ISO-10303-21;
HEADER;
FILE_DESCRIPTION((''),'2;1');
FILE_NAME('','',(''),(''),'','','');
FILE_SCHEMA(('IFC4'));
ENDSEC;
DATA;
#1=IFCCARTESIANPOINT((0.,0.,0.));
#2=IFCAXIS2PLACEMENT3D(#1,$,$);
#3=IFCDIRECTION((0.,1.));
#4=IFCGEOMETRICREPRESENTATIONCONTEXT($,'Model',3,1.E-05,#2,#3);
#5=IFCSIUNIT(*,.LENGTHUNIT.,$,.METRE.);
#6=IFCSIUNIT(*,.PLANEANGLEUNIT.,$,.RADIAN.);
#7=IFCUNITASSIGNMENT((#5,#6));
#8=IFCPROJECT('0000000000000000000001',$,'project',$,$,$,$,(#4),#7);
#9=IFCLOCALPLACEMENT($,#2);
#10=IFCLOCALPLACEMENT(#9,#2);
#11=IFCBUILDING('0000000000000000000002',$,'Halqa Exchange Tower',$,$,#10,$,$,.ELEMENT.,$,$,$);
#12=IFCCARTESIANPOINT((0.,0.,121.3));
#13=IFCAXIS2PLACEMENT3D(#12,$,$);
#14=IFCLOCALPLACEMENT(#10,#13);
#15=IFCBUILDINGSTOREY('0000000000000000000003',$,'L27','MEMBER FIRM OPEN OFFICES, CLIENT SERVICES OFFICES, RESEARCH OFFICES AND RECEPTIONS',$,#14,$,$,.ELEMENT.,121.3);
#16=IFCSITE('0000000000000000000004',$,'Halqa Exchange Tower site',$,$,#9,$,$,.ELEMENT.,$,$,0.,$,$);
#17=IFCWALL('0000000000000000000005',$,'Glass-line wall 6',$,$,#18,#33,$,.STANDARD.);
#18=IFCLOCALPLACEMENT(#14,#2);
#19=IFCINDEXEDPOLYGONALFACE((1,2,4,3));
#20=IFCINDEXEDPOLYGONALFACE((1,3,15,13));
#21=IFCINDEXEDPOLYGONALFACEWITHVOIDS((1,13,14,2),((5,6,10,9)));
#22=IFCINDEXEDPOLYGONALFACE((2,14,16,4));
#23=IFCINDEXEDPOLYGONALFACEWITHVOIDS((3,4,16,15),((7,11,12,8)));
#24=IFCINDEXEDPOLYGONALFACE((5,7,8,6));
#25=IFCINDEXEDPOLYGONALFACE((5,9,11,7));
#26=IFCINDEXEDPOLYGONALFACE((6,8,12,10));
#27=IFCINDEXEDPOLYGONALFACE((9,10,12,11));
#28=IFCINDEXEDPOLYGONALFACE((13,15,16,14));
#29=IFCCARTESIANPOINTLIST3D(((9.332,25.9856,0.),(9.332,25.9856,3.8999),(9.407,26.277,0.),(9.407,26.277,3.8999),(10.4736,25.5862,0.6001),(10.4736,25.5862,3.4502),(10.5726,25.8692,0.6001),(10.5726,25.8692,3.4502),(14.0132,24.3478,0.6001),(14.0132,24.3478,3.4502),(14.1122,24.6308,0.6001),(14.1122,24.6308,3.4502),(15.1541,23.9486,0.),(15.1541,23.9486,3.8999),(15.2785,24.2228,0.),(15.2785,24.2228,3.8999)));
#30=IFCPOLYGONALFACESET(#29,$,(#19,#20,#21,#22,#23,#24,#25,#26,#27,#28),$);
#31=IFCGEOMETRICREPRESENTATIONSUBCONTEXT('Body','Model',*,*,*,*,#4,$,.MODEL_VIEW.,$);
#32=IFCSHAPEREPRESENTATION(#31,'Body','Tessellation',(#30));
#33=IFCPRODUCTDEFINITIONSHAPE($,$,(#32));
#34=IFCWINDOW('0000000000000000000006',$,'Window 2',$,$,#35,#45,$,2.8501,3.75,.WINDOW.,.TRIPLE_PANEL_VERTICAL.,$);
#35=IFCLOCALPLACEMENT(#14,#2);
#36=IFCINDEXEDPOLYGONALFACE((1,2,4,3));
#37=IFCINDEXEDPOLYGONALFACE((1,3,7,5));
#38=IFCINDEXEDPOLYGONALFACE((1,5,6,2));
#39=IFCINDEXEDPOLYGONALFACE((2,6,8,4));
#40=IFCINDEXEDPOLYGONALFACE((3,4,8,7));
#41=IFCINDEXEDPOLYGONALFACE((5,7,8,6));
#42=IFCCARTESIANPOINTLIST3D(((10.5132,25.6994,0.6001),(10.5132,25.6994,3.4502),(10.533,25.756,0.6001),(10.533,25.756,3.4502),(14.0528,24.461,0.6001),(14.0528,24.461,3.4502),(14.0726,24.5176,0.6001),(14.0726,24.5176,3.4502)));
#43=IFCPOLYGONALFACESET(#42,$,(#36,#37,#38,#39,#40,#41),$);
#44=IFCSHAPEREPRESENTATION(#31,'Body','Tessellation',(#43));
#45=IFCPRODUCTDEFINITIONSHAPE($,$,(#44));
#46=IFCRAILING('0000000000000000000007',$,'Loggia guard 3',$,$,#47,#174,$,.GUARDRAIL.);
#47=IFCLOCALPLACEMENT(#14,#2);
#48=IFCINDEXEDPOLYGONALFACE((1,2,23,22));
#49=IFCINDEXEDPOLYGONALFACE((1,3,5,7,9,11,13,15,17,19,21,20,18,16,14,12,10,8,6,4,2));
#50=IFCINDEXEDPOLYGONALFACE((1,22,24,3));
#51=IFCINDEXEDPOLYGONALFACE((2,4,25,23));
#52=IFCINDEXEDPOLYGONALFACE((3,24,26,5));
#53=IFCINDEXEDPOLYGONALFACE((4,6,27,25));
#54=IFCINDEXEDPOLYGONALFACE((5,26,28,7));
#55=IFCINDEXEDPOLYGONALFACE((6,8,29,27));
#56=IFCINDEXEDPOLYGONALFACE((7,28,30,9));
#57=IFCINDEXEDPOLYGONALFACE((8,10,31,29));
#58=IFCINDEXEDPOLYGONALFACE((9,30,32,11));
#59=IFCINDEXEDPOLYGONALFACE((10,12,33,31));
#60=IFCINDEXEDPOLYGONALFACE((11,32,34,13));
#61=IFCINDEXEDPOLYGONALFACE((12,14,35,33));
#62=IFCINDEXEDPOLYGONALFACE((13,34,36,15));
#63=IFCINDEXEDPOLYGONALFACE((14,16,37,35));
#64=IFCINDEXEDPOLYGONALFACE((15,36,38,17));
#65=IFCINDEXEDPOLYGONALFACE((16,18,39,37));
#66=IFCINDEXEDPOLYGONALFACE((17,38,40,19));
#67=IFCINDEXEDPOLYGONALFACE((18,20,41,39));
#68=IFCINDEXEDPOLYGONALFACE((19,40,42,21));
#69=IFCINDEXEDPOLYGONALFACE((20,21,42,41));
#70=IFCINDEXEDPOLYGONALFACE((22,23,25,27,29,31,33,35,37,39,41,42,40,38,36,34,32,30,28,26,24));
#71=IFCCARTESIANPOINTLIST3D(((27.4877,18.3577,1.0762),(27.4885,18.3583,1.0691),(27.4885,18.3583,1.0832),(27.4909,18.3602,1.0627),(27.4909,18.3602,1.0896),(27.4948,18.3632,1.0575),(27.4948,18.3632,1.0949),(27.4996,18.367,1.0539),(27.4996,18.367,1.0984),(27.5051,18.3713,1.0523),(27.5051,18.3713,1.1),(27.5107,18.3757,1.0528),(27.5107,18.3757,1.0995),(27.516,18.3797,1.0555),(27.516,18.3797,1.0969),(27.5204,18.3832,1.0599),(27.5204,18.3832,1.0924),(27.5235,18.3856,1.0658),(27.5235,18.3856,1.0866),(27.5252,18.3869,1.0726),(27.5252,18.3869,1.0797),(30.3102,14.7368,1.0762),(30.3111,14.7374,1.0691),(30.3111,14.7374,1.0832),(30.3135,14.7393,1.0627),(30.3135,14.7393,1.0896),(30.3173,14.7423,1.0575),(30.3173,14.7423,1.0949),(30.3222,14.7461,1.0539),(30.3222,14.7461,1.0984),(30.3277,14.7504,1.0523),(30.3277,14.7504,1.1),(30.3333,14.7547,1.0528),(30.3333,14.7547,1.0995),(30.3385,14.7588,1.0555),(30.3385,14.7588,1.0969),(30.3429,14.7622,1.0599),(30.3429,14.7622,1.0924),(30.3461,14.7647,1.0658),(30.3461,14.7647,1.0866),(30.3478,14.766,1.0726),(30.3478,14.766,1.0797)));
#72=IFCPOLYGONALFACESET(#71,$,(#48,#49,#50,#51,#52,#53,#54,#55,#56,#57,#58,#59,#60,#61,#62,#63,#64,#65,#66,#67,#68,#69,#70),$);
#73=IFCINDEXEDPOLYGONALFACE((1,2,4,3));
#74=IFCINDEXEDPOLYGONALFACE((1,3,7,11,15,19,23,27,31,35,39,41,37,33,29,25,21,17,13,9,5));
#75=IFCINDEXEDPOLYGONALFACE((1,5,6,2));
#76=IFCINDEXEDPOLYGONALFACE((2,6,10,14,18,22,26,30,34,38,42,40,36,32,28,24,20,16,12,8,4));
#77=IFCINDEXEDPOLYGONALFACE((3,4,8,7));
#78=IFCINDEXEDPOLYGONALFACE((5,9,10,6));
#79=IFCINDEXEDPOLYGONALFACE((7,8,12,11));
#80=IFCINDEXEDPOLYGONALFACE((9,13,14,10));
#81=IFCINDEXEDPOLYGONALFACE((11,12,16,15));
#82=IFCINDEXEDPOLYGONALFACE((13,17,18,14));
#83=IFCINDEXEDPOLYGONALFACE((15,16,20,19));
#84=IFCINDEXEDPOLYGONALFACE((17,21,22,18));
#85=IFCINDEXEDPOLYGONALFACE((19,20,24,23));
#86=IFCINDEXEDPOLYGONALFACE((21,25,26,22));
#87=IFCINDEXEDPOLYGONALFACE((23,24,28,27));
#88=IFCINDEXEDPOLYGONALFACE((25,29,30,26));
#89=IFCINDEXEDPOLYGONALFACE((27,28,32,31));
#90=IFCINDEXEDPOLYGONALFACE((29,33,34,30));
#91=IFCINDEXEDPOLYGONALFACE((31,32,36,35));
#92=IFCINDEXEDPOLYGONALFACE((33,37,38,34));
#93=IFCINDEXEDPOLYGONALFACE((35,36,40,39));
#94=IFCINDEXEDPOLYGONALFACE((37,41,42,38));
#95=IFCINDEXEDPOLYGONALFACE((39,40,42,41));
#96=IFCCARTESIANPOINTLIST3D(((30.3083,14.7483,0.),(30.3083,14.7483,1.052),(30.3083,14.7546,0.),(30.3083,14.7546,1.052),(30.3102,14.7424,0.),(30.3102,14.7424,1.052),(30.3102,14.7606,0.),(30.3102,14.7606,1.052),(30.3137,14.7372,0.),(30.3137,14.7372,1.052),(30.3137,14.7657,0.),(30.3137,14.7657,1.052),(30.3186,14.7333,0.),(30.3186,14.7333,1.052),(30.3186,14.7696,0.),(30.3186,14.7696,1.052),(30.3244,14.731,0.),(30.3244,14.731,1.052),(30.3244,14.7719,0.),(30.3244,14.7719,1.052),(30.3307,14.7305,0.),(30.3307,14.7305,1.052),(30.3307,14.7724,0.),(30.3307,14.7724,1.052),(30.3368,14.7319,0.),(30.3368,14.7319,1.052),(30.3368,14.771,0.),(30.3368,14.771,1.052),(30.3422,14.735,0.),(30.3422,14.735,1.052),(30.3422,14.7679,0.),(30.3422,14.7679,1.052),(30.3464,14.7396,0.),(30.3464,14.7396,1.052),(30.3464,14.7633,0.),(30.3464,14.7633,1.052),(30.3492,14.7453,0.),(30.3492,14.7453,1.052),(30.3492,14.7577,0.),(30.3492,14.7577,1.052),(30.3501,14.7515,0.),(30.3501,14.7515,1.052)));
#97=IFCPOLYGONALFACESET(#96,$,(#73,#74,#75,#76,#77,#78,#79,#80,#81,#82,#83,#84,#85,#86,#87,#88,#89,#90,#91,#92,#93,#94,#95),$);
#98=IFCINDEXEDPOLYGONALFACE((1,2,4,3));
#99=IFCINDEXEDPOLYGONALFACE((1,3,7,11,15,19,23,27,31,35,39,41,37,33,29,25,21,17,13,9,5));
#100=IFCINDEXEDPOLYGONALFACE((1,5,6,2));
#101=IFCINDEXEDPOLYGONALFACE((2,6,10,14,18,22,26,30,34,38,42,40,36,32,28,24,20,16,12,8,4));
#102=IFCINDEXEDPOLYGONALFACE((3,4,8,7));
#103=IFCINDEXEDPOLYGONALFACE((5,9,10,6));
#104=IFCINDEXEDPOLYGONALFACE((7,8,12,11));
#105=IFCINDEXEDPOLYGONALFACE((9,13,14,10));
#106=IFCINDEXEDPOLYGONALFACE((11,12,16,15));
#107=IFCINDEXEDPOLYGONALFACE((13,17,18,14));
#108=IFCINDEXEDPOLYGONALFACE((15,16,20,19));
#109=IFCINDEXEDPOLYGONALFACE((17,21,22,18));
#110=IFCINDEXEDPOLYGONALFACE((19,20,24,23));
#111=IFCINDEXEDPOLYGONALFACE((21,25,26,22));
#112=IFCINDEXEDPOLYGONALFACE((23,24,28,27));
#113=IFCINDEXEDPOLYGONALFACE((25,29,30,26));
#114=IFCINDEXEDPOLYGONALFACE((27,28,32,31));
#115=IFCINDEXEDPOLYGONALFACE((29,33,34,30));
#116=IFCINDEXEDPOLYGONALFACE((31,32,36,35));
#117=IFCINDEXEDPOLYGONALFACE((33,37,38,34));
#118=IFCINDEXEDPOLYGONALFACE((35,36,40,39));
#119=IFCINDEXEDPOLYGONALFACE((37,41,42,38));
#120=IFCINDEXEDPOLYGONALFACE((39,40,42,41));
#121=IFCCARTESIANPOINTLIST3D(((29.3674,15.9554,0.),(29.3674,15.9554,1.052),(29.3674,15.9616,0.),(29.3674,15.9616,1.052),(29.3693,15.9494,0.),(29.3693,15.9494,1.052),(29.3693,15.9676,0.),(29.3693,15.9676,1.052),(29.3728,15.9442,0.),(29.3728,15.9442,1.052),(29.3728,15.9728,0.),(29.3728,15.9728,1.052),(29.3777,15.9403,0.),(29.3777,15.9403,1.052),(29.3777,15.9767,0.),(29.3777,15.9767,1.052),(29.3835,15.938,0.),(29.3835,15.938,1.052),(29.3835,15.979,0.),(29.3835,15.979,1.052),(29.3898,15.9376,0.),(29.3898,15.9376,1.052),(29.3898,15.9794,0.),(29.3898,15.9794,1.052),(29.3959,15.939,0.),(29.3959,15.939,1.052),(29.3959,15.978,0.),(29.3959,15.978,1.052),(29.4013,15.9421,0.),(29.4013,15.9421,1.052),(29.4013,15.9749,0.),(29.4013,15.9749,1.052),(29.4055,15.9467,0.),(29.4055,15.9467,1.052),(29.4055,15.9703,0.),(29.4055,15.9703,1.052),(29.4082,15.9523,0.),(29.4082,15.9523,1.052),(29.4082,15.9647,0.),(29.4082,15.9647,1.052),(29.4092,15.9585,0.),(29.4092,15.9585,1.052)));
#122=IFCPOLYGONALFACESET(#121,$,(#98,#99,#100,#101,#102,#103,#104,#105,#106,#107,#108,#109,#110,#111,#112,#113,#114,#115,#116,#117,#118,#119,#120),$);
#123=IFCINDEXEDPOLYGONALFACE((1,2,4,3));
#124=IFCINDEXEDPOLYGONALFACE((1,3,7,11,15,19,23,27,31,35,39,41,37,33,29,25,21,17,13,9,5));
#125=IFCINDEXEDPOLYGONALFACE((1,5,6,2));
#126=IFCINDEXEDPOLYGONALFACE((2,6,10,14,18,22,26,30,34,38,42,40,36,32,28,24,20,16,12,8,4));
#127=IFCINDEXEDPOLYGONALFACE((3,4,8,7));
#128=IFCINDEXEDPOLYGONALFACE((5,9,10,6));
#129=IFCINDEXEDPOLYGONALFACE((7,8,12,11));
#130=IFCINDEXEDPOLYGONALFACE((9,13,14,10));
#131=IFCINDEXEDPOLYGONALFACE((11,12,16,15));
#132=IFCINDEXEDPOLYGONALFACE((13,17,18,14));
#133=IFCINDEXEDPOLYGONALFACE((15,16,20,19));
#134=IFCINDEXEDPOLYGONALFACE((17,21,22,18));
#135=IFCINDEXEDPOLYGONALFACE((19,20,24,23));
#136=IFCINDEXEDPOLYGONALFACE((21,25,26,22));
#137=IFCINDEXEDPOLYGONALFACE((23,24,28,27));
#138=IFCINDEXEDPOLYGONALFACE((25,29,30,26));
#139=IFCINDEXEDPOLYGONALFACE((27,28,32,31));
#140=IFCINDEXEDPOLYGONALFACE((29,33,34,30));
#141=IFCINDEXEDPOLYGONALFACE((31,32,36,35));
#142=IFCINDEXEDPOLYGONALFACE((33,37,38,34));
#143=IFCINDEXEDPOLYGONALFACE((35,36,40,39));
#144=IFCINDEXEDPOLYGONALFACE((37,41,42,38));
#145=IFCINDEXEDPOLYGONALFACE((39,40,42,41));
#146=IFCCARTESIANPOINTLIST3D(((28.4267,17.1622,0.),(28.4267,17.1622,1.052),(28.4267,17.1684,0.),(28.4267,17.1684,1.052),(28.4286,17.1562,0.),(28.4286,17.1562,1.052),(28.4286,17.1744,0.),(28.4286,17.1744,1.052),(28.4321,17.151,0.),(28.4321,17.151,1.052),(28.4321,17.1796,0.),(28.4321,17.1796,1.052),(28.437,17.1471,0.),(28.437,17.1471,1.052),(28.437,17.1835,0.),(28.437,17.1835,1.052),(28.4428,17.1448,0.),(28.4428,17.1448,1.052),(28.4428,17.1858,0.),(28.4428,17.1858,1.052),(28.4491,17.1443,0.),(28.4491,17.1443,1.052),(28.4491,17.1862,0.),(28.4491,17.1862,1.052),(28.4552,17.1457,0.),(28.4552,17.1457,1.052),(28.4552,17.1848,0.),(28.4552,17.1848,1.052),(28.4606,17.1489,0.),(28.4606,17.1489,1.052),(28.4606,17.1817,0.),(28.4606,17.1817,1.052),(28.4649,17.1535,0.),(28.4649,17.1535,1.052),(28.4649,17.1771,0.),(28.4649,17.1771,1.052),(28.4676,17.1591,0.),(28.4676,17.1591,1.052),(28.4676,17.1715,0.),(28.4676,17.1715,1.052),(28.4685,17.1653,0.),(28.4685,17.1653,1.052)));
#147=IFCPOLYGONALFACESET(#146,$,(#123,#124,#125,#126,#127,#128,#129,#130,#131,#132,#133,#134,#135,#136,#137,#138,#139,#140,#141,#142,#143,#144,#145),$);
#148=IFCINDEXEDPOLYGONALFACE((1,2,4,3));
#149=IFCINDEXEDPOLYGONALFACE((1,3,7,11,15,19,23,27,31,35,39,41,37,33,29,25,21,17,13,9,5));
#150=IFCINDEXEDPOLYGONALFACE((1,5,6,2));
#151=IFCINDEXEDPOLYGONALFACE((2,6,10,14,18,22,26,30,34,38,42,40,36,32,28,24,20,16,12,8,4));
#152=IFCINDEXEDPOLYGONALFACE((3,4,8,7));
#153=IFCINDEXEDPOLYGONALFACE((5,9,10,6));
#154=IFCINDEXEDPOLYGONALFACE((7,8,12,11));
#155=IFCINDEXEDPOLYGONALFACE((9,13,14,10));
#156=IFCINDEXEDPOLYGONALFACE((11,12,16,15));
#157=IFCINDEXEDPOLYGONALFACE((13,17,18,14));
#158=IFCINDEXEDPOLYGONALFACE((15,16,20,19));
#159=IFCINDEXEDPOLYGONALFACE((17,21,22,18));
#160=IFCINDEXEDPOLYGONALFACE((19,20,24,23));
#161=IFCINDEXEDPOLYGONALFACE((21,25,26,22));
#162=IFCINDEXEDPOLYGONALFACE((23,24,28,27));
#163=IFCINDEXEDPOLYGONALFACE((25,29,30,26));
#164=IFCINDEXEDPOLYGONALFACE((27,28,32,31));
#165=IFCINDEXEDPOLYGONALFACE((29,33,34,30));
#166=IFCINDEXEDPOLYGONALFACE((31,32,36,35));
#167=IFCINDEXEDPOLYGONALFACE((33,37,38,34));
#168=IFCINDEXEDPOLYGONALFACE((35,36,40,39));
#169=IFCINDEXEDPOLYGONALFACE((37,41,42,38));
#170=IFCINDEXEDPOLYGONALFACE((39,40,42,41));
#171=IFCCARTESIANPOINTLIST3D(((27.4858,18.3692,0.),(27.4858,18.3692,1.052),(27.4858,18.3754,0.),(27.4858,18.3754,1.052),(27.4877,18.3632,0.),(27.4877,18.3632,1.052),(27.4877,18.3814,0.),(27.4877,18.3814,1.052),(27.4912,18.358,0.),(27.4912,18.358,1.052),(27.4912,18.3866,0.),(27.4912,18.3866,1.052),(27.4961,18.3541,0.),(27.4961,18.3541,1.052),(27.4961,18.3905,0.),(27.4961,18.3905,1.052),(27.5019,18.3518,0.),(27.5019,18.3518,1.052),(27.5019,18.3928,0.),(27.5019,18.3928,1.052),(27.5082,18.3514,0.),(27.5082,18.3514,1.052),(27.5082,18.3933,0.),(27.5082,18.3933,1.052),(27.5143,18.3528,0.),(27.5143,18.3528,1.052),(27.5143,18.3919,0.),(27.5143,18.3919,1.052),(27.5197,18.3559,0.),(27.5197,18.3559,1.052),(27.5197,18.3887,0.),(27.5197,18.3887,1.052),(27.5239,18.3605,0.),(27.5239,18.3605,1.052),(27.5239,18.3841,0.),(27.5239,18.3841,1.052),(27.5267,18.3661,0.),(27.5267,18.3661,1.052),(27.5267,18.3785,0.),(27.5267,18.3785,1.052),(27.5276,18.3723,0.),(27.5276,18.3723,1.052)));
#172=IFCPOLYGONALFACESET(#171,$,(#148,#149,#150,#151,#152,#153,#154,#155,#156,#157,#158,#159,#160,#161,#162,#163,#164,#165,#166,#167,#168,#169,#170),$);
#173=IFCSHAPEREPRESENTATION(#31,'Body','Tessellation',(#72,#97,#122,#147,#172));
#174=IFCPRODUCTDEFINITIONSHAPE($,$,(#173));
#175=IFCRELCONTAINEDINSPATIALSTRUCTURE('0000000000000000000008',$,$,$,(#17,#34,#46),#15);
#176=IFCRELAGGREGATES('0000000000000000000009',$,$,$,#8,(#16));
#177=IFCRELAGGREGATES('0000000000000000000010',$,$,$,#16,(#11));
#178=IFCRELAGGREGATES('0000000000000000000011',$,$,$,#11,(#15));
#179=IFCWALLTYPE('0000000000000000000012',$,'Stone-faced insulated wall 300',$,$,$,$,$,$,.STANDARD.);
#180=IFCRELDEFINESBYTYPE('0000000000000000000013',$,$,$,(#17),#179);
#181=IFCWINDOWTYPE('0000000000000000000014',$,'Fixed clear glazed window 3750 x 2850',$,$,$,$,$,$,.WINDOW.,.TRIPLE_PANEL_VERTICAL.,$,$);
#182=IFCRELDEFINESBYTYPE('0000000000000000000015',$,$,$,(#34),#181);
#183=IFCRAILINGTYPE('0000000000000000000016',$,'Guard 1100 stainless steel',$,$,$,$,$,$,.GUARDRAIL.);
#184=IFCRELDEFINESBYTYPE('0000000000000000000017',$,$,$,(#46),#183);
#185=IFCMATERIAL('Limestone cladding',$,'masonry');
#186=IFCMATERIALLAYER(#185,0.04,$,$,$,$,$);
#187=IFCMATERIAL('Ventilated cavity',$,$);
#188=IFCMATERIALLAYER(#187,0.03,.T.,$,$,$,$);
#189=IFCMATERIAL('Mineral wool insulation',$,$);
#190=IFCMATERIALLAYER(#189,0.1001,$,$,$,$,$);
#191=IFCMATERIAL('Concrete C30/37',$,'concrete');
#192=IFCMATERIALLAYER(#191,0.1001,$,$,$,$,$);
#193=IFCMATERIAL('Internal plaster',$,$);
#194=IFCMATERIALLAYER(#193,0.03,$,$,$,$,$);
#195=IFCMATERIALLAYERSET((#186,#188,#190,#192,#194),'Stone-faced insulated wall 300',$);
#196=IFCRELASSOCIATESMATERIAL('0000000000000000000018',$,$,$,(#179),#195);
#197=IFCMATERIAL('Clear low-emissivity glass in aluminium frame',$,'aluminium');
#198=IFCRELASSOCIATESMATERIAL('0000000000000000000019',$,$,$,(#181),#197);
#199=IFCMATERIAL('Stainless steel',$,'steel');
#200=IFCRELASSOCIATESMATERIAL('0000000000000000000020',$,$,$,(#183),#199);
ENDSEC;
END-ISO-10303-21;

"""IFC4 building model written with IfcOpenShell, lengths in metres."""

from ifc_helpers import new_model, si_unit, direction, frame, frame_2d, origin, origin_2d, place, context, subcontext, project, spatial, polyline, rectangle, circle, outline, extrude, material, layer, layer_set, type_object, element, fill, save


model = new_model("IFC4")

# Units and contexts
model_context = context("Model", 3, precision=1e-05, world=origin(), true_north=direction((0.0, 1.0)))
body_context = subcontext(model_context, "Body", "Model", "MODEL_VIEW")
ifc_project = project(units=[si_unit("LENGTHUNIT", "METRE"), si_unit("PLANEANGLEUNIT", "RADIAN")], contexts=[model_context])

# Site, building, storey
site_placement = place(None, origin())
site = spatial("IfcSite", under=ifc_project, at=site_placement, Name="Halqa Exchange Tower site", CompositionType="ELEMENT", RefElevation=0.0)
building_placement = place(site_placement, origin())
building = spatial("IfcBuilding", under=site, at=building_placement, Name="Halqa Exchange Tower", CompositionType="ELEMENT")
storey_placement = place(building_placement, frame((0.0, 0.0, 121.3)))
storey = spatial("IfcBuildingStorey", under=building, at=storey_placement, Name="L27", Description="MEMBER FIRM OPEN OFFICES, CLIENT SERVICES OFFICES, RESEARCH OFFICES AND RECEPTIONS", CompositionType="ELEMENT", Elevation=121.3)

# Shared definitions
ifc_material_1 = material(Name="Limestone cladding", Category="masonry")
ifc_layer_1 = layer(ifc_material_1, 0.04)
ifc_material_2 = material(Name="Ventilated cavity")
ifc_layer_2 = layer(ifc_material_2, 0.03, ventilated=True)
ifc_material_3 = material(Name="Mineral wool insulation")
ifc_layer_3 = layer(ifc_material_3, 0.1001)
ifc_material_4 = material(Name="Concrete C30/37", Category="concrete")
ifc_layer_4 = layer(ifc_material_4, 0.1001)
ifc_material_5 = material(Name="Internal plaster")
ifc_layer_5 = layer(ifc_material_5, 0.03)
ifc_layer_set_1 = layer_set([ifc_layer_1, ifc_layer_2, ifc_layer_3, ifc_layer_4, ifc_layer_5], Name="Stone-faced insulated wall 300")
wall_type_1 = type_object("IfcWallType", Name="Stone-faced insulated wall 300", PredefinedType="STANDARD", material=ifc_layer_set_1)
ifc_material_6 = material(Name="Clear low-emissivity glass in aluminium frame", Category="aluminium")

# Wall, opening, window
window_type = type_object("IfcWindowType", Name="Fixed clear glazed window 3750 x 2850", PartitioningType="TRIPLE_PANEL_VERTICAL", PredefinedType="WINDOW", material=ifc_material_6)
wall_1_placement = place(storey_placement, frame((15.2163, 24.0857, 0.0), z_axis=(0.0, 0.0, 1.0), x_axis=(-0.943897, 0.33024, 0.0)))
wall_1 = element("IfcWall", 1, at=wall_1_placement, inside=storey, type_object=wall_type_1, Name="Glass-line wall 6", PredefinedType="STANDARD", context=body_context, shape_type="SweptSolid", body=[
    extrude(outline(polyline([(-0.0134, -0.1499), (6.207, -0.1499), (6.1816, 0.1499), (0.0134, 0.1499), (-0.0134, -0.1499)])), origin(), (0.0, 0.0, 1.0), 3.8999),
])
opening_1_placement = place(wall_1_placement, frame((1.2222, 0.0, 0.6001)))
opening_1 = element("IfcOpeningElement", 2, at=opening_1_placement, cuts=wall_1, PredefinedType="OPENING", context=body_context, shape_type="SweptSolid", body=[
    extrude(rectangle(XDim=3.75, YDim=2.8501, at=frame_2d((1.875, 1.425))), frame((0.0, 0.1621, 0.0), z_axis=(0.0, -1.0, 0.0), x_axis=(1.0, 0.0, 0.0)), (0.0, 0.0, 1.0), 0.324),
])
window_1_placement = place(opening_1_placement, origin())
window_1 = element("IfcWindow", 3, at=window_1_placement, inside=storey, type_object=window_type, Name="Window 2", OverallHeight=2.8501, OverallWidth=3.75, PartitioningType="TRIPLE_PANEL_VERTICAL", PredefinedType="WINDOW", context=body_context, shape_type="SweptSolid", body=[
    extrude(rectangle(XDim=3.75, YDim=2.8501, at=frame_2d((1.875, 1.425))), frame((0.0, 0.03, 0.0), z_axis=(0.0, -1.0, 0.0), x_axis=(1.0, 0.0, 0.0)), (0.0, 0.0, 1.0), 0.0601),
])
fill(opening_1, window_1)

# Railing
ifc_material_7 = material(Name="Stainless steel", Category="steel")
railing_type = type_object("IfcRailingType", Name="Guard 1100 stainless steel", PredefinedType="GUARDRAIL", material=ifc_material_7)
railing_1_placement = place(storey_placement, frame((30.3291, 14.7515, 0.0)))
element("IfcRailing", 4, at=railing_1_placement, inside=storey, type_object=railing_type, Name="Loggia guard 3", PredefinedType="GUARDRAIL", context=body_context, shape_type="SweptSolid", body=[
    extrude(circle(Radius=0.0239, at=origin_2d()), frame((0.0, 0.0, 1.0762), z_axis=(-0.614794, 0.788687, 0.0), x_axis=(-0.788687, -0.614794, 0.0)), (0.0, 0.0, 1.0), 4.5911),
    extrude(circle(Radius=0.021, at=origin_2d()), origin(), (0.0, 0.0, 1.0), 1.052),
    extrude(circle(Radius=0.021, at=origin_2d()), frame((-0.9409, 1.207, 0.0)), (0.0, 0.0, 1.0), 1.052),
    extrude(circle(Radius=0.021, at=origin_2d()), frame((-1.8816, 2.4138, 0.0)), (0.0, 0.0, 1.0), 1.052),
    extrude(circle(Radius=0.021, at=origin_2d()), frame((-2.8225, 3.6208, 0.0)), (0.0, 0.0, 1.0), 1.052),
])

save(model, "model.ifc")
